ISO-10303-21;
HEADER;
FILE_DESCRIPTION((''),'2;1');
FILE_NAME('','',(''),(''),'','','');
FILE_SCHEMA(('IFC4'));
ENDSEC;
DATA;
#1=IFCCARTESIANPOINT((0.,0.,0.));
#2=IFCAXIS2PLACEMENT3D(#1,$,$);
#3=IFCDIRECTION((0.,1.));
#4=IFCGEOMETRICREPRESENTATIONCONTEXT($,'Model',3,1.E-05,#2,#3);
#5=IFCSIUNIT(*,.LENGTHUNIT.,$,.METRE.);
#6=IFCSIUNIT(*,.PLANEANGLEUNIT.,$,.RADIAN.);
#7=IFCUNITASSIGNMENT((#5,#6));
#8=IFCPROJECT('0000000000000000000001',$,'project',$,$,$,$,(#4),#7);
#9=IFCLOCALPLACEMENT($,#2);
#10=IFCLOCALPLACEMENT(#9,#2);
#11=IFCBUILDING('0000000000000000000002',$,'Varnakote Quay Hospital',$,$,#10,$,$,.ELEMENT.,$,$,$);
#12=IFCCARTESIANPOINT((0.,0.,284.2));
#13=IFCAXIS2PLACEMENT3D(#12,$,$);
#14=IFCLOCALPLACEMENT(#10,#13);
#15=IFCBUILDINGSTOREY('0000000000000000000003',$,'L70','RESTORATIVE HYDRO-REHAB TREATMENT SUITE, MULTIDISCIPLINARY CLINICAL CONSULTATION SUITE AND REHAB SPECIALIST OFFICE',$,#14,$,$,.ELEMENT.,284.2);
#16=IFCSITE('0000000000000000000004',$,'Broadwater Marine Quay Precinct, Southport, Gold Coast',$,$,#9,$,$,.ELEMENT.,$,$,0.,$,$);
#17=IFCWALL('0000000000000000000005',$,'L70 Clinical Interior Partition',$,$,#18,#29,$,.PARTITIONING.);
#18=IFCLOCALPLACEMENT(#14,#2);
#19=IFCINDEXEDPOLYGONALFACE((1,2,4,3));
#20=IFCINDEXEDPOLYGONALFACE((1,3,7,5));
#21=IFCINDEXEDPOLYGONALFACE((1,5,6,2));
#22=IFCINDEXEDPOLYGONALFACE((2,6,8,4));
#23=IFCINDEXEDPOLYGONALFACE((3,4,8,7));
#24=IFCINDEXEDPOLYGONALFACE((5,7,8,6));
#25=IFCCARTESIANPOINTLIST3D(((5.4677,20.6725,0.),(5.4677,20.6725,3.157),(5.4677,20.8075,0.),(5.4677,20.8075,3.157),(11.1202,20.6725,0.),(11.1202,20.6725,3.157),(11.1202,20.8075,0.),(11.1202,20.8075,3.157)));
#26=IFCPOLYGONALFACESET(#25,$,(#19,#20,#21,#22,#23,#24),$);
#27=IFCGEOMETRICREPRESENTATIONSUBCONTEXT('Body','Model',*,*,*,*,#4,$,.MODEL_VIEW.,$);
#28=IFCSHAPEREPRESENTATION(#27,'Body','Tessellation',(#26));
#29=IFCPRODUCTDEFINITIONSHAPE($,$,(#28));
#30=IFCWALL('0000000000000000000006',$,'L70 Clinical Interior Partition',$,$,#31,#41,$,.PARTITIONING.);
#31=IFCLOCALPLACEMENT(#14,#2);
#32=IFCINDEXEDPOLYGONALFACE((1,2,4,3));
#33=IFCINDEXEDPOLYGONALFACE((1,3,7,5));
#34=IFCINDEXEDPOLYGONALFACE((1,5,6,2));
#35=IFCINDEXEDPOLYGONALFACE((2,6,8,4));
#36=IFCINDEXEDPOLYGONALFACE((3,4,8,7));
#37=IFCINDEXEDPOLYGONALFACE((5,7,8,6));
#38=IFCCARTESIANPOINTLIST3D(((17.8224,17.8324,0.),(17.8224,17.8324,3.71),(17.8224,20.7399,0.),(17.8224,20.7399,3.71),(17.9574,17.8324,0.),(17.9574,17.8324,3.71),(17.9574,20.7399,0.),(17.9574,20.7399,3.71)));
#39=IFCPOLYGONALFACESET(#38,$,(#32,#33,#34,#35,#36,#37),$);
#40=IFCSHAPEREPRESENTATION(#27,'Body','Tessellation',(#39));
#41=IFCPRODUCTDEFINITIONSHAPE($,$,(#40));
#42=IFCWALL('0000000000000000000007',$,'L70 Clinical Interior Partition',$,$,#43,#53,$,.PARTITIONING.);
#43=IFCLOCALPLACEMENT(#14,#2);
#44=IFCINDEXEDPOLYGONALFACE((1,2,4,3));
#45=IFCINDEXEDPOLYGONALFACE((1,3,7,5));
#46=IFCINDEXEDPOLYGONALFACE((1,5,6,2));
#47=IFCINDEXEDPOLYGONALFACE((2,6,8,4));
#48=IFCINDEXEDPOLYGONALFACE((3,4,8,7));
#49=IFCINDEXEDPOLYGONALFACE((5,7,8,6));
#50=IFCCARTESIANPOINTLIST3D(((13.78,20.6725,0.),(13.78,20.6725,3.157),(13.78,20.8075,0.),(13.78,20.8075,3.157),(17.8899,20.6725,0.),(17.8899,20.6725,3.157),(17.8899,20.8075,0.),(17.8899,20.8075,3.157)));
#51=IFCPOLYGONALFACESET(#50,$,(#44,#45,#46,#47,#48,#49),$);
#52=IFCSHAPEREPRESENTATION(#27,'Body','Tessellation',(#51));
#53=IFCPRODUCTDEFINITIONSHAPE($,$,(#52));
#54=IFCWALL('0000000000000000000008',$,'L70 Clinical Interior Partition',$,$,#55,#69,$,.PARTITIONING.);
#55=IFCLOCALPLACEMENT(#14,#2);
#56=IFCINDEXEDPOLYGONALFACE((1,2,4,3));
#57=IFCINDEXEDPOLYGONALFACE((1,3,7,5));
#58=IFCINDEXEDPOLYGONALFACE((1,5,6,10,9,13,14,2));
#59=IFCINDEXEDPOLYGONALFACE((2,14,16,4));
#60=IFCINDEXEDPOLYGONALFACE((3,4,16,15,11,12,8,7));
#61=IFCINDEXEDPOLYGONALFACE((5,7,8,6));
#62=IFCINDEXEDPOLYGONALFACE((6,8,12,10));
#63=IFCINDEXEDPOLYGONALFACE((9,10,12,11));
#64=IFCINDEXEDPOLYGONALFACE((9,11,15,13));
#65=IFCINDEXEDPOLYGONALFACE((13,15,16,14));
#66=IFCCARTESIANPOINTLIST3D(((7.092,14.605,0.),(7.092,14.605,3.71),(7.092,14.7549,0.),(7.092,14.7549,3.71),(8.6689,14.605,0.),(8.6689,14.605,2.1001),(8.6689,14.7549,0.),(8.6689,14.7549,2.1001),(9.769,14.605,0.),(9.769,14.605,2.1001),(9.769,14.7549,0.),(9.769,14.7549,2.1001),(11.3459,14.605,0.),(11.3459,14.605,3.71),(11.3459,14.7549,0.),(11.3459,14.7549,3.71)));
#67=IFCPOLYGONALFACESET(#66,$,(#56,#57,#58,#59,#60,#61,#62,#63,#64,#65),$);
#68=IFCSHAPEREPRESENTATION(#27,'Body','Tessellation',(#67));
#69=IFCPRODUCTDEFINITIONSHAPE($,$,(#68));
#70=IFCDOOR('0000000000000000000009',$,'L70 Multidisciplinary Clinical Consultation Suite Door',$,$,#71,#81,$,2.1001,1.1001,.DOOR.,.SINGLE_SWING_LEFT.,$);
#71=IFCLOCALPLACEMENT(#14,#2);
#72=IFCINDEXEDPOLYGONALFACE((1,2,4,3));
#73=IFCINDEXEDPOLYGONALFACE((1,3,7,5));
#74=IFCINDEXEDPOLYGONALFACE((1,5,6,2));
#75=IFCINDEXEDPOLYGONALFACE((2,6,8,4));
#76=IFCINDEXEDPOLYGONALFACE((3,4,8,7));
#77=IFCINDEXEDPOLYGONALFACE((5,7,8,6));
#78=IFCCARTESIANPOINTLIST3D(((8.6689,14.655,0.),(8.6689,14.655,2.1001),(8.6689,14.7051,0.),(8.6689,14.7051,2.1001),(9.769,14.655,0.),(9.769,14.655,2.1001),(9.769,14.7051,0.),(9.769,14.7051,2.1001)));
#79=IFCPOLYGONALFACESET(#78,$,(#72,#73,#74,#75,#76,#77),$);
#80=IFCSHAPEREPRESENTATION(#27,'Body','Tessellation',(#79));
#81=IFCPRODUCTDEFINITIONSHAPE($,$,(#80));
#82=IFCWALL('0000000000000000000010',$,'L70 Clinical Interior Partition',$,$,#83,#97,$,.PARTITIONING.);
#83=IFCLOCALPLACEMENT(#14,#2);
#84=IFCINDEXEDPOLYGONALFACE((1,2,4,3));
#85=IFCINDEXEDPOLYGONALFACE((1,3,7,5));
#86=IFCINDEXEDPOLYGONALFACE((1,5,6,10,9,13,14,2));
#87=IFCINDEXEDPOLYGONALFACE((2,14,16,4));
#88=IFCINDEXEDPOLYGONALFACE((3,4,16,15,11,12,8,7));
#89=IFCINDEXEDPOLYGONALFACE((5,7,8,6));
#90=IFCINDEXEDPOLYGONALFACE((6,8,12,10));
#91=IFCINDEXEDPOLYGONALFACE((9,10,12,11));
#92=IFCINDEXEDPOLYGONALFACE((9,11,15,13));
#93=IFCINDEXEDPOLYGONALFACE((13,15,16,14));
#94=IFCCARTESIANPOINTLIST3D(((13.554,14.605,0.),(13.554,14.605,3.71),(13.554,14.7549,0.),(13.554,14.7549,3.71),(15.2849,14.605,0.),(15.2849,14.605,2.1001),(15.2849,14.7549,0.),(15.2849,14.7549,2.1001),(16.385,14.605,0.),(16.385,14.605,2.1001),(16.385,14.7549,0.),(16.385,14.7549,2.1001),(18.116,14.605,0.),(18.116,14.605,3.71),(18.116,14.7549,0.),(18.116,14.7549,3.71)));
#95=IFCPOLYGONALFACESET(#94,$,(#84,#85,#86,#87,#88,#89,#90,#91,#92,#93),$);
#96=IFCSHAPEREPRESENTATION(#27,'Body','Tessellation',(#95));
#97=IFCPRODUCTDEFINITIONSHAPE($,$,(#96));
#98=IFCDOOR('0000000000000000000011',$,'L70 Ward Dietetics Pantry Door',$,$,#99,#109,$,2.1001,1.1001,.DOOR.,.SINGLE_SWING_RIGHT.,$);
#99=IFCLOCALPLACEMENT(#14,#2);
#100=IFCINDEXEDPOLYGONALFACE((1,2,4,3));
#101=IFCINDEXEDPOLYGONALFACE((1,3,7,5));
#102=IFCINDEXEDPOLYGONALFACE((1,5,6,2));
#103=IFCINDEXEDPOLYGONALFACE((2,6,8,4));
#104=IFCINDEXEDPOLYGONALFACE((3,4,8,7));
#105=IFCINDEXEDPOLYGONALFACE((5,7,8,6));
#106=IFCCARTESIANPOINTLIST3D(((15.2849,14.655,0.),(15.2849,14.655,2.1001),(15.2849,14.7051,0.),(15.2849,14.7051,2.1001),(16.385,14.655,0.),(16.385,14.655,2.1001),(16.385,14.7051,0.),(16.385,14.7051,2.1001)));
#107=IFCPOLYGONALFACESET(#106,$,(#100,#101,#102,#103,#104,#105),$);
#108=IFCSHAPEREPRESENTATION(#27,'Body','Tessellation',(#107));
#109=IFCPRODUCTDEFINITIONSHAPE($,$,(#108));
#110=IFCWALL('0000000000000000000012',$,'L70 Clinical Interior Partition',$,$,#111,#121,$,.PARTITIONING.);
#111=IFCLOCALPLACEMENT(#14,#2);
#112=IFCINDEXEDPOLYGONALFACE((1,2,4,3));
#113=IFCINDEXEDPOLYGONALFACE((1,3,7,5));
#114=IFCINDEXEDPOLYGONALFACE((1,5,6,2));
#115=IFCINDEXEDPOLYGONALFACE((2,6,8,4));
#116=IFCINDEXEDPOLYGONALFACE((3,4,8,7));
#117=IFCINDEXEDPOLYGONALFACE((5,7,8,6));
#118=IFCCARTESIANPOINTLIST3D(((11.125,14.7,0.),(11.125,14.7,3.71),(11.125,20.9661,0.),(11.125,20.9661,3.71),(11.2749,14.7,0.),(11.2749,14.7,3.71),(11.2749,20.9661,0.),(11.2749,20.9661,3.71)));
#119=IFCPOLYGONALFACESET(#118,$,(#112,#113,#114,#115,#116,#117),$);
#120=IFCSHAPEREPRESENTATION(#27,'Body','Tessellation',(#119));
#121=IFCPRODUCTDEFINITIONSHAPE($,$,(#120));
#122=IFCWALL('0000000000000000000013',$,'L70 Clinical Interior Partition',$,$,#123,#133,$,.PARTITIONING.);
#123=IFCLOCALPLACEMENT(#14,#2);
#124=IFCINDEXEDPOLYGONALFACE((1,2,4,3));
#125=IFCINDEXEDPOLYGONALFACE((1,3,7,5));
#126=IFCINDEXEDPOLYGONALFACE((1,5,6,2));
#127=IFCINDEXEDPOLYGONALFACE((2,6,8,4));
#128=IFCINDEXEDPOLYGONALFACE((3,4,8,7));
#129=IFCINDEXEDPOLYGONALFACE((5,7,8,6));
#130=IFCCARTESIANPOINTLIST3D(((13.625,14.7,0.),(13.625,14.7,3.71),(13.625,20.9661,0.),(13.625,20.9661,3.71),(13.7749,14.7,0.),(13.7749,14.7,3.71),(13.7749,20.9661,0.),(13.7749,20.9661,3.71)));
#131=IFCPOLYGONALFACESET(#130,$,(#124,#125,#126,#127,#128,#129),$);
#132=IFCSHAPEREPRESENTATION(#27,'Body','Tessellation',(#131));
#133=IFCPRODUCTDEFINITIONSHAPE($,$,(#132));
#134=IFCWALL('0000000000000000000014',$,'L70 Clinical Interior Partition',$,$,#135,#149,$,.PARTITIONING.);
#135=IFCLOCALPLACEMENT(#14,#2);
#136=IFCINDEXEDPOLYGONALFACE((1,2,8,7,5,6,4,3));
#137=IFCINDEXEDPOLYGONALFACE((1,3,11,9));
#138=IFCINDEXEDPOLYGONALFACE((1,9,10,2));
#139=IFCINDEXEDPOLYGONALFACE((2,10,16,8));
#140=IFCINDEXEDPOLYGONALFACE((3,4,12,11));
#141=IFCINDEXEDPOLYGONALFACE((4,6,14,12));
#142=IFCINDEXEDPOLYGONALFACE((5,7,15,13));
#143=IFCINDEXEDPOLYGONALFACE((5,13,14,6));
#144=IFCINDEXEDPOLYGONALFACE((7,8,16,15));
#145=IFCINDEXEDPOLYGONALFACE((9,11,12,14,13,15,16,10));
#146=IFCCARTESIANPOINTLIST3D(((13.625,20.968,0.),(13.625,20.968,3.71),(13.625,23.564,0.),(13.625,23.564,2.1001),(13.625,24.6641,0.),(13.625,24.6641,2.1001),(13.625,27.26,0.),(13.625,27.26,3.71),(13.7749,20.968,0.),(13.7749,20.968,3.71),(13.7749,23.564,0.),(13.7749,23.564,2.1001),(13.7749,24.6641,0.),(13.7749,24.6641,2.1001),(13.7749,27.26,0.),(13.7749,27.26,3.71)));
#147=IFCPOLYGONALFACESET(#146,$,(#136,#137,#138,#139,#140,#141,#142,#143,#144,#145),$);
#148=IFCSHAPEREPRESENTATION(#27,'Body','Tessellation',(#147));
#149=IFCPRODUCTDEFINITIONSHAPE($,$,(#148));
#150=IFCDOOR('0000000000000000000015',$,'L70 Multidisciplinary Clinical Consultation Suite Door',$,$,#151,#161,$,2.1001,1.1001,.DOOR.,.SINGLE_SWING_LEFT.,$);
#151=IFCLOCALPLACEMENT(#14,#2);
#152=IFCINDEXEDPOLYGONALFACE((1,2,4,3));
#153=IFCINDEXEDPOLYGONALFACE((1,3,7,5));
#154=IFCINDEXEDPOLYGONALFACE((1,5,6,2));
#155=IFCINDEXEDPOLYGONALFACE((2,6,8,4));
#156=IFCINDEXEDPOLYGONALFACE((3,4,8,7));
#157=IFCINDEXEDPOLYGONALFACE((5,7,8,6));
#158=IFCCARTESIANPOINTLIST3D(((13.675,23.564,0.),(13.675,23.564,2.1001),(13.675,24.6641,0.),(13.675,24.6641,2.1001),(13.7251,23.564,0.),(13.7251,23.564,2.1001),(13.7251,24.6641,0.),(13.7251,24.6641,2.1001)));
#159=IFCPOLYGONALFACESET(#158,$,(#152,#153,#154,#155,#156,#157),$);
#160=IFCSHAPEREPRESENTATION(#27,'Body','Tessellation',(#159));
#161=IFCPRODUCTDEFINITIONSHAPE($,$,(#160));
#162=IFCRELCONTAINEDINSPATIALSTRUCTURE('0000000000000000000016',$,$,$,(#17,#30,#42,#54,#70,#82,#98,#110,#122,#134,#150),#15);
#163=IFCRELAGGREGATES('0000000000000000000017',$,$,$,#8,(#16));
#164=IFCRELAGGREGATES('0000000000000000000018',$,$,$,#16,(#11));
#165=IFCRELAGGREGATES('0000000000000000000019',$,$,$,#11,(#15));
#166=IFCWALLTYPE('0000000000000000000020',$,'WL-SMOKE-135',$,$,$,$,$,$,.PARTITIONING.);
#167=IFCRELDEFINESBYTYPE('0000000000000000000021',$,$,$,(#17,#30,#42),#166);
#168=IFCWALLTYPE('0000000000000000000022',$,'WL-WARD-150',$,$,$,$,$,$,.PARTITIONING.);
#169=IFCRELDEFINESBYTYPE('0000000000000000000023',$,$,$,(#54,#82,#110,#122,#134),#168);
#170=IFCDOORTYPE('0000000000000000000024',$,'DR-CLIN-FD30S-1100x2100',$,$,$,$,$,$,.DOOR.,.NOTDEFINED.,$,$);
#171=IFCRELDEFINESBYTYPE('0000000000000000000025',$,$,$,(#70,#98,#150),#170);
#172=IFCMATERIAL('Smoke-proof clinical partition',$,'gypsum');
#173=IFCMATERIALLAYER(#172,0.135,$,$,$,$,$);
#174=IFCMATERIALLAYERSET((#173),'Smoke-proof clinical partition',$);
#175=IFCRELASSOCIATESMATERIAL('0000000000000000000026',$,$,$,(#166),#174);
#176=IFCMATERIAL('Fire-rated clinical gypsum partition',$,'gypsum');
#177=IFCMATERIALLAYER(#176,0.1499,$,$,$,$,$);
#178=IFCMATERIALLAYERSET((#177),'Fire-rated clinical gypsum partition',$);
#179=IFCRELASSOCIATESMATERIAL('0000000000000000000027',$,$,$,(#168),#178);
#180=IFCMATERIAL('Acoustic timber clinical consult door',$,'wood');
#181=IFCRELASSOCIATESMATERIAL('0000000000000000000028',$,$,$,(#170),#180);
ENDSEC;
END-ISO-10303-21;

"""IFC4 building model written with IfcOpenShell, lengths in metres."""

from ifc_helpers import new_model, si_unit, direction, frame, frame_2d, origin, place, context, subcontext, project, spatial, rectangle, extrude, material, layer, layer_set, type_object, element, fill, save


model = new_model("IFC4")

# Units and contexts
model_context = context("Model", 3, precision=1e-05, world=origin(), true_north=direction((0.0, 1.0)))
body_context = subcontext(model_context, "Body", "Model", "MODEL_VIEW")
ifc_project = project(units=[si_unit("LENGTHUNIT", "METRE"), si_unit("PLANEANGLEUNIT", "RADIAN")], contexts=[model_context])

# Site, building, storey
site_placement = place(None, origin())
site = spatial("IfcSite", under=ifc_project, at=site_placement, Name="Broadwater Marine Quay Precinct, Southport, Gold Coast", CompositionType="ELEMENT", RefElevation=0.0)
building_placement = place(site_placement, origin())
building = spatial("IfcBuilding", under=site, at=building_placement, Name="Varnakote Quay Hospital", CompositionType="ELEMENT")
storey_placement = place(building_placement, frame((0.0, 0.0, 284.2)))
storey = spatial("IfcBuildingStorey", under=building, at=storey_placement, Name="L70", Description="RESTORATIVE HYDRO-REHAB TREATMENT SUITE, MULTIDISCIPLINARY CLINICAL CONSULTATION SUITE AND REHAB SPECIALIST OFFICE", CompositionType="ELEMENT", Elevation=284.2)

# Walls
ifc_material_1 = material(Name="Smoke-proof clinical partition", Category="gypsum")
ifc_layer_1 = layer(ifc_material_1, 0.135)
ifc_layer_set_1 = layer_set([ifc_layer_1], Name="Smoke-proof clinical partition")
wall_type_1 = type_object("IfcWallType", Name="WL-SMOKE-135", PredefinedType="PARTITIONING", material=ifc_layer_set_1)
wall_1_placement = place(storey_placement, frame((11.1201, 20.74, 0.0), z_axis=(0.0, 0.0, 1.0), x_axis=(-1.0, 0.0, 0.0)))
element("IfcWall", 1, at=wall_1_placement, inside=storey, type_object=wall_type_1, Name="L70 Clinical Interior Partition", PredefinedType="PARTITIONING", context=body_context, shape_type="SweptSolid", body=[
    extrude(rectangle(XDim=5.6526, YDim=0.135, at=frame_2d((2.8262, 0.0))), origin(), (0.0, 0.0, 1.0), 3.157),
])
wall_2_placement = place(storey_placement, frame((17.8899, 17.8325, 0.0), z_axis=(0.0, 0.0, 1.0), x_axis=(0.0, 1.0, 0.0)))
element("IfcWall", 2, at=wall_2_placement, inside=storey, type_object=wall_type_1, Name="L70 Clinical Interior Partition", PredefinedType="PARTITIONING", context=body_context, shape_type="SweptSolid", body=[
    extrude(rectangle(XDim=2.9075, YDim=0.135, at=frame_2d((1.4536, 0.0))), origin(), (0.0, 0.0, 1.0), 3.71),
])
wall_3_placement = place(storey_placement, frame((17.8899, 20.74, 0.0), z_axis=(0.0, 0.0, 1.0), x_axis=(-1.0, 0.0, 0.0)))
element("IfcWall", 3, at=wall_3_placement, inside=storey, type_object=wall_type_1, Name="L70 Clinical Interior Partition", PredefinedType="PARTITIONING", context=body_context, shape_type="SweptSolid", body=[
    extrude(rectangle(XDim=4.1099, YDim=0.135, at=frame_2d((2.0549, 0.0))), origin(), (0.0, 0.0, 1.0), 3.157),
])

# Walls, openings, doors
ifc_material_2 = material(Name="Fire-rated clinical gypsum partition", Category="gypsum")
ifc_layer_2 = layer(ifc_material_2, 0.1499)
ifc_layer_set_2 = layer_set([ifc_layer_2], Name="Fire-rated clinical gypsum partition")
wall_type_2 = type_object("IfcWallType", Name="WL-WARD-150", PredefinedType="PARTITIONING", material=ifc_layer_set_2)
wall_4_placement = place(storey_placement, frame((11.3459, 14.6799, 0.0), z_axis=(0.0, 0.0, 1.0), x_axis=(-1.0, 0.0, 0.0)))
wall_4 = element("IfcWall", 4, at=wall_4_placement, inside=storey, type_object=wall_type_2, Name="L70 Clinical Interior Partition", PredefinedType="PARTITIONING", context=body_context, shape_type="SweptSolid", body=[
    extrude(rectangle(XDim=4.2539, YDim=0.1499, at=frame_2d((2.127, 0.0))), origin(), (0.0, 0.0, 1.0), 3.71),
])
opening_1_placement = place(wall_4_placement, frame((1.5769, 0.0, 0.0)))
opening_1 = element("IfcOpeningElement", 5, at=opening_1_placement, cuts=wall_4, PredefinedType="OPENING", context=body_context, shape_type="SweptSolid", body=[
    extrude(rectangle(XDim=1.1001, YDim=2.1001, at=frame_2d((0.55, 1.05))), frame((0.0, 0.085, 0.0), z_axis=(0.0, -1.0, 0.0), x_axis=(1.0, 0.0, 0.0)), (0.0, 0.0, 1.0), 0.1699),
])
ifc_material_3 = material(Name="Acoustic timber clinical consult door", Category="wood")
door_type_1 = type_object("IfcDoorType", Name="DR-CLIN-FD30S-1100x2100", OperationType="NOTDEFINED", PredefinedType="DOOR", material=ifc_material_3)
door_1_placement = place(opening_1_placement, origin())
door_1 = element("IfcDoor", 6, at=door_1_placement, inside=storey, type_object=door_type_1, Name="L70 Multidisciplinary Clinical Consultation Suite Door", OperationType="SINGLE_SWING_LEFT", OverallHeight=2.1001, OverallWidth=1.1001, PredefinedType="DOOR", context=body_context, shape_type="SweptSolid", body=[
    extrude(rectangle(XDim=1.1001, YDim=2.1001, at=frame_2d((0.55, 1.05))), frame((0.0, 0.0249, 0.0), z_axis=(0.0, -1.0, 0.0), x_axis=(1.0, 0.0, 0.0)), (0.0, 0.0, 1.0), 0.05),
])
fill(opening_1, door_1)
wall_5_placement = place(storey_placement, frame((18.116, 14.6799, 0.0), z_axis=(0.0, 0.0, 1.0), x_axis=(-1.0, 0.0, 0.0)))
wall_5 = element("IfcWall", 7, at=wall_5_placement, inside=storey, type_object=wall_type_2, Name="L70 Clinical Interior Partition", PredefinedType="PARTITIONING", context=body_context, shape_type="SweptSolid", body=[
    extrude(rectangle(XDim=4.562, YDim=0.1499, at=frame_2d((2.281, 0.0))), origin(), (0.0, 0.0, 1.0), 3.71),
])
opening_2_placement = place(wall_5_placement, frame((1.731, 0.0, 0.0)))
opening_2 = element("IfcOpeningElement", 8, at=opening_2_placement, cuts=wall_5, PredefinedType="OPENING", context=body_context, shape_type="SweptSolid", body=[
    extrude(rectangle(XDim=1.1001, YDim=2.1001, at=frame_2d((0.55, 1.05))), frame((0.0, 0.085, 0.0), z_axis=(0.0, -1.0, 0.0), x_axis=(1.0, 0.0, 0.0)), (0.0, 0.0, 1.0), 0.1699),
])
door_2_placement = place(opening_2_placement, origin())
door_2 = element("IfcDoor", 9, at=door_2_placement, inside=storey, type_object=door_type_1, Name="L70 Ward Dietetics Pantry Door", OperationType="SINGLE_SWING_RIGHT", OverallHeight=2.1001, OverallWidth=1.1001, PredefinedType="DOOR", context=body_context, shape_type="SweptSolid", body=[
    extrude(rectangle(XDim=1.1001, YDim=2.1001, at=frame_2d((0.55, 1.05))), frame((0.0, 0.0249, 0.0), z_axis=(0.0, -1.0, 0.0), x_axis=(1.0, 0.0, 0.0)), (0.0, 0.0, 1.0), 0.05),
])
fill(opening_2, door_2)

# Walls
for number, where, z_axis, x_axis, name in (
    (10, (11.2, 20.9661, 0.0), (0.0, 0.0, 1.0), (0.0, -1.0, 0.0), "L70 Clinical Interior Partition"),
    (11, (13.7, 14.7, 0.0), (0.0, 0.0, 1.0), (0.0, 1.0, 0.0), "L70 Clinical Interior Partition"),
):
    element("IfcWall", number, at=place(storey_placement, frame(where, z_axis=z_axis, x_axis=x_axis)), inside=storey, type_object=wall_type_2, Name=name, PredefinedType="PARTITIONING", context=body_context, shape_type="SweptSolid", body=[
        extrude(rectangle(XDim=6.2661, YDim=0.1499, at=frame_2d((3.1331, 0.0))), origin(), (0.0, 0.0, 1.0), 3.71),
    ])

# Wall, opening, door
wall_6_placement = place(storey_placement, frame((13.7, 20.968, 0.0), z_axis=(0.0, 0.0, 1.0), x_axis=(0.0, 1.0, 0.0)))
wall_6 = element("IfcWall", 12, at=wall_6_placement, inside=storey, type_object=wall_type_2, Name="L70 Clinical Interior Partition", PredefinedType="PARTITIONING", context=body_context, shape_type="SweptSolid", body=[
    extrude(rectangle(XDim=6.292, YDim=0.1499, at=frame_2d((3.146, 0.0))), origin(), (0.0, 0.0, 1.0), 3.71),
])
opening_3_placement = place(wall_6_placement, frame((2.5959, 0.0, 0.0)))
opening_3 = element("IfcOpeningElement", 13, at=opening_3_placement, cuts=wall_6, PredefinedType="OPENING", context=body_context, shape_type="SweptSolid", body=[
    extrude(rectangle(XDim=1.1001, YDim=2.1001, at=frame_2d((0.55, 1.05))), frame((0.0, 0.085, 0.0), z_axis=(0.0, -1.0, 0.0), x_axis=(1.0, 0.0, 0.0)), (0.0, 0.0, 1.0), 0.1699),
])
door_3_placement = place(opening_3_placement, origin())
door_3 = element("IfcDoor", 14, at=door_3_placement, inside=storey, type_object=door_type_1, Name="L70 Multidisciplinary Clinical Consultation Suite Door", OperationType="SINGLE_SWING_LEFT", OverallHeight=2.1001, OverallWidth=1.1001, PredefinedType="DOOR", context=body_context, shape_type="SweptSolid", body=[
    extrude(rectangle(XDim=1.1001, YDim=2.1001, at=frame_2d((0.55, 1.05))), frame((0.0, 0.0249, 0.0), z_axis=(0.0, -1.0, 0.0), x_axis=(1.0, 0.0, 0.0)), (0.0, 0.0, 1.0), 0.05),
])
fill(opening_3, door_3)

save(model, "model.ifc")
